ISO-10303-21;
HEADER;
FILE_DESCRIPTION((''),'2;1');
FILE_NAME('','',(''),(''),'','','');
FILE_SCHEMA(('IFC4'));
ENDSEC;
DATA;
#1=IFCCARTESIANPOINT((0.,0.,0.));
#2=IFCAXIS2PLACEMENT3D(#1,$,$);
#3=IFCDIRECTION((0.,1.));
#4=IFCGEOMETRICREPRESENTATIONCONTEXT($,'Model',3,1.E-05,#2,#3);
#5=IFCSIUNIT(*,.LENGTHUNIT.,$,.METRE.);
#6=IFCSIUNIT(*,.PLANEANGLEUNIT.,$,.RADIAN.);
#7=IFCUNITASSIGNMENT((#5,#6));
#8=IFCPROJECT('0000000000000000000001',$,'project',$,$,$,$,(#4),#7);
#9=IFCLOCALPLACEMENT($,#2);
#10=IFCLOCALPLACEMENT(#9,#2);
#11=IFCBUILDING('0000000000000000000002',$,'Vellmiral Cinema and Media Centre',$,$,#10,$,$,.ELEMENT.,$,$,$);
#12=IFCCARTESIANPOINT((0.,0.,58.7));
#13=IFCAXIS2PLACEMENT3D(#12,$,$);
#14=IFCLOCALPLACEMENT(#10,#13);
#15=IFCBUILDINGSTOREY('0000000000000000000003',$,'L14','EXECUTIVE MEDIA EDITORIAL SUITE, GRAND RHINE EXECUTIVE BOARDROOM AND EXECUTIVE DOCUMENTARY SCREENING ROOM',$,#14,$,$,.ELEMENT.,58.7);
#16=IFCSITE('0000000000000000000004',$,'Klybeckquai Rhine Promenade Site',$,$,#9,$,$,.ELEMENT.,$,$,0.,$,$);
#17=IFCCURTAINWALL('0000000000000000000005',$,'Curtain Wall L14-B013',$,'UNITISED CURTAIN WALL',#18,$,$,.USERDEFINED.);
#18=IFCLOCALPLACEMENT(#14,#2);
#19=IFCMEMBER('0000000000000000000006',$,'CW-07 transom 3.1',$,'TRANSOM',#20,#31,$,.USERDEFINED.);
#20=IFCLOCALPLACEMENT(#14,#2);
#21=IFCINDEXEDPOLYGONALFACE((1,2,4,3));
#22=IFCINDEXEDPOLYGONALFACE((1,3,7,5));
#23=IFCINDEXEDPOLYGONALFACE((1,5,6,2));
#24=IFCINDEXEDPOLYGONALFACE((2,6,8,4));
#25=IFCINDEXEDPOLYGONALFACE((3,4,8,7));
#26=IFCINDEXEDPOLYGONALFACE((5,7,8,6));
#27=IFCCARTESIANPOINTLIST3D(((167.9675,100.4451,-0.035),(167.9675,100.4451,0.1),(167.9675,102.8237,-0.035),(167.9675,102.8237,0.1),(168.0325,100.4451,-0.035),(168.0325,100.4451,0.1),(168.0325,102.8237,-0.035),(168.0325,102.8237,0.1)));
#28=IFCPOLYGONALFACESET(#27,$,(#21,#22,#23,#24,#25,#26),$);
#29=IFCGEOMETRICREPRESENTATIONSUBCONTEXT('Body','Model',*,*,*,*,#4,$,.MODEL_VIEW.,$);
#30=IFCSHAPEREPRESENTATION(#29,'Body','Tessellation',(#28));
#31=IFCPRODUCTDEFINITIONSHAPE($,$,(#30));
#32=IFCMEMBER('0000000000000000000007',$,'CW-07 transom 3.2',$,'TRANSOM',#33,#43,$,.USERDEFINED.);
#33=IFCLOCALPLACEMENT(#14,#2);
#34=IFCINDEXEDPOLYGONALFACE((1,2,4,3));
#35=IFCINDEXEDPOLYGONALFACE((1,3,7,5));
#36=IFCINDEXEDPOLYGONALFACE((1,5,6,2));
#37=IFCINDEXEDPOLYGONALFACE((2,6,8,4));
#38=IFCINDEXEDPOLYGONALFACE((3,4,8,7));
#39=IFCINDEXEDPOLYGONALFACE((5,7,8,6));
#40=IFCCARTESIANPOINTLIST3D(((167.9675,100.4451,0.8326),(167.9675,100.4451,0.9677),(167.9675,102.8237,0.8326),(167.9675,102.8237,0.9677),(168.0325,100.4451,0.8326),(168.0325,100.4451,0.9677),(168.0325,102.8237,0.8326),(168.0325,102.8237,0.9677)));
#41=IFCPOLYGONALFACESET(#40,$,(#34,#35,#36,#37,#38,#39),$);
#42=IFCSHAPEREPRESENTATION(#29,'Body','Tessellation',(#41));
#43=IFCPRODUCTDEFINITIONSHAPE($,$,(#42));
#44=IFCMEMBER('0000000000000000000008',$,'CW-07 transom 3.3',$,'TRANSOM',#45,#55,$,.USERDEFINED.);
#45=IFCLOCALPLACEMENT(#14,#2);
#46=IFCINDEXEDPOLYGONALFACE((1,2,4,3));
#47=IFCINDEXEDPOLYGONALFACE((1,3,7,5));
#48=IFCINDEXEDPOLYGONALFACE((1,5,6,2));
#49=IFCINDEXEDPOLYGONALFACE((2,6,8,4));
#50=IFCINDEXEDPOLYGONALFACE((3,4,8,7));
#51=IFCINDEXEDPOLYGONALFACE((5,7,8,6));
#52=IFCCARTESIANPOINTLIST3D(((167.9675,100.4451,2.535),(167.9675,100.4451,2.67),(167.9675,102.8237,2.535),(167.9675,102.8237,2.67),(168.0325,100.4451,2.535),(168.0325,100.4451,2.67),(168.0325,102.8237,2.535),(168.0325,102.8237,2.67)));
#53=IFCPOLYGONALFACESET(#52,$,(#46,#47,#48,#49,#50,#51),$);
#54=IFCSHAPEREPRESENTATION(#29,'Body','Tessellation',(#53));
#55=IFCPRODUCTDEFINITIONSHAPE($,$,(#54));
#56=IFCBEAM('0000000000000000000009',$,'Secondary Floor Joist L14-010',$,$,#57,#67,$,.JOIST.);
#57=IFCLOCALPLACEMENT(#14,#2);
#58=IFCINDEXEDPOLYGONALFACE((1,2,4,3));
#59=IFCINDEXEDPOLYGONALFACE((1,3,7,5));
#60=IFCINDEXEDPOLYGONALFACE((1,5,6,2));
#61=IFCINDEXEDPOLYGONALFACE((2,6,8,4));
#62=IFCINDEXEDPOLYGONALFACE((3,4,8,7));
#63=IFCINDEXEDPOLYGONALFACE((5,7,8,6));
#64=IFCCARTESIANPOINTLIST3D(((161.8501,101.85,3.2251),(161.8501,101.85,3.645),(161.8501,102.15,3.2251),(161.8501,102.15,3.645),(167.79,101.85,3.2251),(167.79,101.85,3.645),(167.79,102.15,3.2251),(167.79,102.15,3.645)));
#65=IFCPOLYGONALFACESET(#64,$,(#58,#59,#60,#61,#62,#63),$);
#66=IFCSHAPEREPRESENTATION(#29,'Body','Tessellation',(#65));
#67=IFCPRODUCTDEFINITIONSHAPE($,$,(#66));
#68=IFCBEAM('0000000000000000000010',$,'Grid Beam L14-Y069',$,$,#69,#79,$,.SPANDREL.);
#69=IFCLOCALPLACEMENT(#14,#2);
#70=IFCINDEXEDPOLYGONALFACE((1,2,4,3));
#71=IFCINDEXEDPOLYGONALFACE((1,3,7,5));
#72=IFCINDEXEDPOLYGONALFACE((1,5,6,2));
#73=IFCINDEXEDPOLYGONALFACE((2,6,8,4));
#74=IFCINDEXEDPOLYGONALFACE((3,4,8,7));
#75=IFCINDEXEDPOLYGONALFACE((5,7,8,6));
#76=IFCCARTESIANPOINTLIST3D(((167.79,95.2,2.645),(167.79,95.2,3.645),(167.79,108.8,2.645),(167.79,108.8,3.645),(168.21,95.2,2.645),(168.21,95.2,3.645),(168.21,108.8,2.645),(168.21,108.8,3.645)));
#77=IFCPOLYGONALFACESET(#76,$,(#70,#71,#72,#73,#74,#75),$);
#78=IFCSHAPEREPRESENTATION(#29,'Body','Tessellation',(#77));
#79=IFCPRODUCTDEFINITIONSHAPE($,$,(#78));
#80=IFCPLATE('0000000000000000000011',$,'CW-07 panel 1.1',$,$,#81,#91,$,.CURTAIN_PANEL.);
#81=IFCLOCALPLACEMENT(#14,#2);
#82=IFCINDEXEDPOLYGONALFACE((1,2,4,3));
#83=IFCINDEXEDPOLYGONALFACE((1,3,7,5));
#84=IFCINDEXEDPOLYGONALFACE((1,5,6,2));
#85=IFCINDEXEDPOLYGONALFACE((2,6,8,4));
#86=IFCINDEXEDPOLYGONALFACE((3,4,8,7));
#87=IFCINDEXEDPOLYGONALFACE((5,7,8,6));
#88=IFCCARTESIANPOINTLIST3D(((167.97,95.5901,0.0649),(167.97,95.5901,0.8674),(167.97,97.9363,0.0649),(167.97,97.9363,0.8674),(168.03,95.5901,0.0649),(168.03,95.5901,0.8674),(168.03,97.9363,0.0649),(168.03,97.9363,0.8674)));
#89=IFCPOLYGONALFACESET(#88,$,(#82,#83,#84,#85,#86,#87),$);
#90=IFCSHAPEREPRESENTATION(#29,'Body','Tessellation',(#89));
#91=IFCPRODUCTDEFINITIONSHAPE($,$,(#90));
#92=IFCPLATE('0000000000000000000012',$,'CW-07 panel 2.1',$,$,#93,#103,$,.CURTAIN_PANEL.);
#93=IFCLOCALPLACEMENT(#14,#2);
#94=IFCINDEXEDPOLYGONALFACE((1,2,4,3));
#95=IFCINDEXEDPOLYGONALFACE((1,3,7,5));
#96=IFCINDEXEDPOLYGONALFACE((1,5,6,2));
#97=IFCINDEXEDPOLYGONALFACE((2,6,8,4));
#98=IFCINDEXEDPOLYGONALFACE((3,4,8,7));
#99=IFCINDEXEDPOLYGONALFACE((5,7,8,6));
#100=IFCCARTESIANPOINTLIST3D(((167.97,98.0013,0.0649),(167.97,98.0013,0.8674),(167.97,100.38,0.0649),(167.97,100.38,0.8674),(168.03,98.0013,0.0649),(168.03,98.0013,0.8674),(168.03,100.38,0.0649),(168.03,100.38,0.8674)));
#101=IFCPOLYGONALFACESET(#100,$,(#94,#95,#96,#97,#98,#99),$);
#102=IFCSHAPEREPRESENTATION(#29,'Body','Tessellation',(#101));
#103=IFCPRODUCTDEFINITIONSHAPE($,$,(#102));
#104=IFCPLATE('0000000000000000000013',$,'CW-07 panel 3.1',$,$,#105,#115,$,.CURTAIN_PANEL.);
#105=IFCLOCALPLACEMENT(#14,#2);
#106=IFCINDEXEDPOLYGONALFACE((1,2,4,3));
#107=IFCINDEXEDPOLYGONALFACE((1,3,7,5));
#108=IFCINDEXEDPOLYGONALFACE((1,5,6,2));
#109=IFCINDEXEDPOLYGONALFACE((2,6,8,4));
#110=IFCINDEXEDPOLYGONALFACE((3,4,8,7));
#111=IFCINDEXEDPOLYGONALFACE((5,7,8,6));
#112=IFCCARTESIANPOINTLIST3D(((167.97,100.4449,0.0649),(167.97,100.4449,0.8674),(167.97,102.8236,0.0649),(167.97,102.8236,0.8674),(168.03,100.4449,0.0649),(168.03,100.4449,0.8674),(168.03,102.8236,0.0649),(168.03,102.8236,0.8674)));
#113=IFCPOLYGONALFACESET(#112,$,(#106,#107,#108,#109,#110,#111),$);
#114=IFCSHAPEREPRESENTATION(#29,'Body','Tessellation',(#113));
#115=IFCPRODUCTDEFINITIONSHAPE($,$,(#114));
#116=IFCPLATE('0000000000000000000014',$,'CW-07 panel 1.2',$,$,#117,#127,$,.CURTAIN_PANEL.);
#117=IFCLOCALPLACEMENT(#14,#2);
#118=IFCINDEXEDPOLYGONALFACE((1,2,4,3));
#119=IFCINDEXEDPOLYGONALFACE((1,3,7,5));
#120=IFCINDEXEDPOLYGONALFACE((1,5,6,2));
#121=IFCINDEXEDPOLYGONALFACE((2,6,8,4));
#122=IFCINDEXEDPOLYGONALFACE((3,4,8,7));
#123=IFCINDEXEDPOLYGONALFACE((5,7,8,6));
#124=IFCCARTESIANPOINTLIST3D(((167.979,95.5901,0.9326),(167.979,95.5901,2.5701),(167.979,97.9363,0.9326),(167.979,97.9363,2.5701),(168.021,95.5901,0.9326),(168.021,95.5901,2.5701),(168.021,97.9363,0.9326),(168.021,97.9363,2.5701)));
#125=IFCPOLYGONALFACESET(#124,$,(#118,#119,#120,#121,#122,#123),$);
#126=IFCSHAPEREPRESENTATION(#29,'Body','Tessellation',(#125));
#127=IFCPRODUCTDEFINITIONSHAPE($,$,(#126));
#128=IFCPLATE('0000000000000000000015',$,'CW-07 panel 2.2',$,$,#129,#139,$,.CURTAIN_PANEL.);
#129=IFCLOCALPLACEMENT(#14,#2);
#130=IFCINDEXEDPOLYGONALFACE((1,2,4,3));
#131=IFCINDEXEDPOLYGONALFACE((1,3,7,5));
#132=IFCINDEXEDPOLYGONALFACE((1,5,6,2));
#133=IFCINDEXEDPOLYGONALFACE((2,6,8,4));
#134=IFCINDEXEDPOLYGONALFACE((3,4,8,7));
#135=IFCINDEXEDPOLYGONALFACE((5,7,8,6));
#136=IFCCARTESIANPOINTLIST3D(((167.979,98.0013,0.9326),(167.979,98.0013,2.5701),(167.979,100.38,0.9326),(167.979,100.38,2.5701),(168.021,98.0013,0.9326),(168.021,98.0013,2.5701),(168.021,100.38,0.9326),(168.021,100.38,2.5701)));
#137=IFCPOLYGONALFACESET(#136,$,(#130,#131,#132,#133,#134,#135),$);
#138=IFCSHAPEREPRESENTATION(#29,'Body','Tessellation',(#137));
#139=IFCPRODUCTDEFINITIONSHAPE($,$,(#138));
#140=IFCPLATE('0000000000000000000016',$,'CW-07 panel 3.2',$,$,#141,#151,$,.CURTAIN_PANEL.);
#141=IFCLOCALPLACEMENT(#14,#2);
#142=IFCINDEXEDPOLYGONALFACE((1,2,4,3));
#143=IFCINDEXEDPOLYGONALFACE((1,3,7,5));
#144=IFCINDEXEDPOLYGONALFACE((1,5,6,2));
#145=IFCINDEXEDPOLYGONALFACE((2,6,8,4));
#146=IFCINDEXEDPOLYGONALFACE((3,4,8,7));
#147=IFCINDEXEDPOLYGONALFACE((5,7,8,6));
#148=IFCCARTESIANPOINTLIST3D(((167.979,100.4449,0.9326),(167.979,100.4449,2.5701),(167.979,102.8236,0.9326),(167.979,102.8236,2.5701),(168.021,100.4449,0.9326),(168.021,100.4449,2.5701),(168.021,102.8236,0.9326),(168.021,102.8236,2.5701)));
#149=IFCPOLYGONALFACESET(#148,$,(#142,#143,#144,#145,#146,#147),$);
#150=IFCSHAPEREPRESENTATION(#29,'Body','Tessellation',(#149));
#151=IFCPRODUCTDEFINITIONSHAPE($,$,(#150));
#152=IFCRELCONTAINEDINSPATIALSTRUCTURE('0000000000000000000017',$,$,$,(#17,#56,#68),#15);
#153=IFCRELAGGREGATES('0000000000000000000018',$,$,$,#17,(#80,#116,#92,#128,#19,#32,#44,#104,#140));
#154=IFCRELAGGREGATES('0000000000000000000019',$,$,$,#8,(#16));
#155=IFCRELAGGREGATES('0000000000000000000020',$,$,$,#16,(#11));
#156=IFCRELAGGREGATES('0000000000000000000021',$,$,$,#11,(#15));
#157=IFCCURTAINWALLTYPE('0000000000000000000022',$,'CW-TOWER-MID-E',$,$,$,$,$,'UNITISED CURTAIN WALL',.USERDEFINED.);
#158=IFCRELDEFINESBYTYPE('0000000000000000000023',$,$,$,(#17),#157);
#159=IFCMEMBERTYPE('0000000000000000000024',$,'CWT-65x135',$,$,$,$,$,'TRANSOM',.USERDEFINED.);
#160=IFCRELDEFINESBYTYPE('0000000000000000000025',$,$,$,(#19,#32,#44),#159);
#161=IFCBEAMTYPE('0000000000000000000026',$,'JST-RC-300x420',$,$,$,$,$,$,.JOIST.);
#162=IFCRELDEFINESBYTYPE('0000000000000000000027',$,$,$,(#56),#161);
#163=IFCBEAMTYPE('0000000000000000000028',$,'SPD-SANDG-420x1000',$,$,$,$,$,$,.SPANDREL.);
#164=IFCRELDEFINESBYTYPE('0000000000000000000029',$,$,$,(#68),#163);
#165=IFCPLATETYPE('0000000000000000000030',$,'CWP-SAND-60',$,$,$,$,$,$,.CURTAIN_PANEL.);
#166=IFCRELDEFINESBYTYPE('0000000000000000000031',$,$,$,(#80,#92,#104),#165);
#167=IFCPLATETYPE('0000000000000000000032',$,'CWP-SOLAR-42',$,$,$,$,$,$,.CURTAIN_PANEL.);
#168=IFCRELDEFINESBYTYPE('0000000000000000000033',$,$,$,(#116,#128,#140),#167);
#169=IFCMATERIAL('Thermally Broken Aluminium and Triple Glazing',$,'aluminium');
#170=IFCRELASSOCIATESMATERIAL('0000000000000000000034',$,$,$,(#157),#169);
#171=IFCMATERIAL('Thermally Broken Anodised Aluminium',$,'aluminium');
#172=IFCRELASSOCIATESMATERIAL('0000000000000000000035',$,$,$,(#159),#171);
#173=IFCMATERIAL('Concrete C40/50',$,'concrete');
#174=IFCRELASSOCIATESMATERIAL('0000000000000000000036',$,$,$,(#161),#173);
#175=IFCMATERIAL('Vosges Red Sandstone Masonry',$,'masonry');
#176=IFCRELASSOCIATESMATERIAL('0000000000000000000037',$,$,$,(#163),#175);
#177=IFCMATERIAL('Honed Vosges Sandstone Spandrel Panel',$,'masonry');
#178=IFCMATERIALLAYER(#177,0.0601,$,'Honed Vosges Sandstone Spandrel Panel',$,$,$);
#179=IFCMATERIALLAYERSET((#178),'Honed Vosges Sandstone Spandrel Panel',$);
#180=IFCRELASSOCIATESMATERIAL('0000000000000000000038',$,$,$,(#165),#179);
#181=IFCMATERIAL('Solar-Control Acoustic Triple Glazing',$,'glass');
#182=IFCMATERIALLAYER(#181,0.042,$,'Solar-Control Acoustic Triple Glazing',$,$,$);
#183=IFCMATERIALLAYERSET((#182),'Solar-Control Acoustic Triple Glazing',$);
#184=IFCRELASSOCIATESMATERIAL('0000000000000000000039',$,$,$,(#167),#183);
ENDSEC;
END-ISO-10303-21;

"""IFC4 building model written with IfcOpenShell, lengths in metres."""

from ifc_helpers import new_model, si_unit, direction, frame, origin, origin_2d, place, context, subcontext, project, spatial, rectangle, extrude, material, layer, layer_set, material_profile, profile_set, type_object, element, aggregate, save


model = new_model("IFC4")

# Units and contexts
model_context = context("Model", 3, precision=1e-05, world=origin(), true_north=direction((0.0, 1.0)))
body_context = subcontext(model_context, "Body", "Model", "MODEL_VIEW")
ifc_project = project(units=[si_unit("LENGTHUNIT", "METRE"), si_unit("PLANEANGLEUNIT", "RADIAN")], contexts=[model_context])

# Site, building, storey
site_placement = place(None, origin())
site = spatial("IfcSite", under=ifc_project, at=site_placement, Name="Klybeckquai Rhine Promenade Site", CompositionType="ELEMENT", RefElevation=0.0)
building_placement = place(site_placement, origin())
building = spatial("IfcBuilding", under=site, at=building_placement, Name="Vellmiral Cinema and Media Centre", CompositionType="ELEMENT")
storey_placement = place(building_placement, frame((0.0, 0.0, 58.7)))
storey = spatial("IfcBuildingStorey", under=building, at=storey_placement, Name="L14", Description="EXECUTIVE MEDIA EDITORIAL SUITE, GRAND RHINE EXECUTIVE BOARDROOM AND EXECUTIVE DOCUMENTARY SCREENING ROOM", CompositionType="ELEMENT", Elevation=58.7)

# Curtain wall, members
ifc_material_1 = material(Name="Thermally Broken Aluminium and Triple Glazing", Category="aluminium")
curtain_wall_type = type_object("IfcCurtainWallType", Name="CW-TOWER-MID-E", ElementType="UNITISED CURTAIN WALL", PredefinedType="USERDEFINED", material=ifc_material_1)
curtain_wall_placement = place(storey_placement, origin())
curtain_wall = element("IfcCurtainWall", 1, at=curtain_wall_placement, inside=storey, type_object=curtain_wall_type, Name="Curtain Wall L14-B013", ObjectType="UNITISED CURTAIN WALL", PredefinedType="USERDEFINED")
ifc_material_2 = material(Name="Thermally Broken Anodised Aluminium", Category="aluminium")
ifc_material_profile_1 = material_profile(ifc_material_2, rectangle(XDim=0.0649, YDim=0.135, at=origin_2d()), Name="MULL 65x135")
ifc_profile_set_1 = profile_set([ifc_material_profile_1], Name="Thermally Broken Anodised Aluminium")
member_type_1 = type_object("IfcMemberType", Name="CWT-65x135", ElementType="TRANSOM", PredefinedType="USERDEFINED", material=ifc_profile_set_1)
member_1_placement = place(storey_placement, frame((168.0, 100.4451, 0.0325), z_axis=(0.0, 1.0, 0.0), x_axis=(-1.0, 0.0, 0.0)))
member_1 = element("IfcMember", 2, at=member_1_placement, type_object=member_type_1, Name="CW-07 transom 3.1", ObjectType="TRANSOM", PredefinedType="USERDEFINED", context=body_context, shape_type="SweptSolid", body=[
    extrude(rectangle(XDim=0.0649, YDim=0.135, at=origin_2d()), origin(), (0.0, 0.0, 1.0), 2.3787),
])
member_2_placement = place(storey_placement, frame((168.0, 100.4451, 0.9001), z_axis=(0.0, 1.0, 0.0), x_axis=(-1.0, 0.0, 0.0)))
member_2 = element("IfcMember", 3, at=member_2_placement, type_object=member_type_1, Name="CW-07 transom 3.2", ObjectType="TRANSOM", PredefinedType="USERDEFINED", context=body_context, shape_type="SweptSolid", body=[
    extrude(rectangle(XDim=0.0649, YDim=0.135, at=origin_2d()), origin(), (0.0, 0.0, 1.0), 2.3787),
])
member_3_placement = place(storey_placement, frame((168.0, 100.4451, 2.6025), z_axis=(0.0, 1.0, 0.0), x_axis=(-1.0, 0.0, 0.0)))
member_3 = element("IfcMember", 4, at=member_3_placement, type_object=member_type_1, Name="CW-07 transom 3.3", ObjectType="TRANSOM", PredefinedType="USERDEFINED", context=body_context, shape_type="SweptSolid", body=[
    extrude(rectangle(XDim=0.0649, YDim=0.135, at=origin_2d()), origin(), (0.0, 0.0, 1.0), 2.3787),
])

# Beams
ifc_material_3 = material(Name="Concrete C40/50", Category="concrete")
ifc_material_profile_2 = material_profile(ifc_material_3, rectangle(XDim=0.3, YDim=0.4199, at=origin_2d()), Name="RC 300x420")
ifc_profile_set_2 = profile_set([ifc_material_profile_2], Name="Concrete C40/50")
beam_type_1 = type_object("IfcBeamType", Name="JST-RC-300x420", PredefinedType="JOIST", material=ifc_profile_set_2)
beam_1_placement = place(storey_placement, frame((161.8501, 102.0, 3.4351), z_axis=(1.0, 0.0, 0.0), x_axis=(0.0, 1.0, 0.0)))
element("IfcBeam", 5, at=beam_1_placement, inside=storey, type_object=beam_type_1, Name="Secondary Floor Joist L14-010", PredefinedType="JOIST", context=body_context, shape_type="SweptSolid", body=[
    extrude(rectangle(XDim=0.3, YDim=0.4199, at=origin_2d()), origin(), (0.0, 0.0, 1.0), 5.9399),
])
ifc_material_4 = material(Name="Vosges Red Sandstone Masonry", Category="masonry")
ifc_material_profile_3 = material_profile(ifc_material_4, rectangle(XDim=0.4199, YDim=1.0, at=origin_2d()), Name="SAND 420x1000")
ifc_profile_set_3 = profile_set([ifc_material_profile_3], Name="Vosges Red Sandstone Masonry")
beam_type_2 = type_object("IfcBeamType", Name="SPD-SANDG-420x1000", PredefinedType="SPANDREL", material=ifc_profile_set_3)
beam_2_placement = place(storey_placement, frame((168.0, 95.2, 3.145), z_axis=(0.0, 1.0, 0.0), x_axis=(-1.0, 0.0, 0.0)))
element("IfcBeam", 6, at=beam_2_placement, inside=storey, type_object=beam_type_2, Name="Grid Beam L14-Y069", PredefinedType="SPANDREL", context=body_context, shape_type="SweptSolid", body=[
    extrude(rectangle(XDim=0.4199, YDim=1.0, at=origin_2d()), origin(), (0.0, 0.0, 1.0), 13.6001),
])

# Plates
ifc_material_5 = material(Name="Honed Vosges Sandstone Spandrel Panel", Category="masonry")
ifc_layer_1 = layer(ifc_material_5, 0.0601, Name="Honed Vosges Sandstone Spandrel Panel")
ifc_layer_set_1 = layer_set([ifc_layer_1], Name="Honed Vosges Sandstone Spandrel Panel")
plate_type_1 = type_object("IfcPlateType", Name="CWP-SAND-60", PredefinedType="CURTAIN_PANEL", material=ifc_layer_set_1)
plate_1_placement = place(storey_placement, frame((168.0, 96.7632, 0.0649), z_axis=(0.0, 0.0, 1.0), x_axis=(0.0, 1.0, 0.0)))
plate_1 = element("IfcPlate", 7, at=plate_1_placement, type_object=plate_type_1, Name="CW-07 panel 1.1", PredefinedType="CURTAIN_PANEL", context=body_context, shape_type="SweptSolid", body=[
    extrude(rectangle(XDim=2.3462, YDim=0.0601, at=origin_2d()), origin(), (0.0, 0.0, 1.0), 0.8025),
])
plate_2_placement = place(storey_placement, frame((168.0, 99.1907, 0.0649), z_axis=(0.0, 0.0, 1.0), x_axis=(0.0, 1.0, 0.0)))
plate_2 = element("IfcPlate", 8, at=plate_2_placement, type_object=plate_type_1, Name="CW-07 panel 2.1", PredefinedType="CURTAIN_PANEL", context=body_context, shape_type="SweptSolid", body=[
    extrude(rectangle(XDim=2.3787, YDim=0.0601, at=origin_2d()), origin(), (0.0, 0.0, 1.0), 0.8025),
])
plate_3_placement = place(storey_placement, frame((168.0, 101.6343, 0.0649), z_axis=(0.0, 0.0, 1.0), x_axis=(0.0, 1.0, 0.0)))
plate_3 = element("IfcPlate", 9, at=plate_3_placement, type_object=plate_type_1, Name="CW-07 panel 3.1", PredefinedType="CURTAIN_PANEL", context=body_context, shape_type="SweptSolid", body=[
    extrude(rectangle(XDim=2.3787, YDim=0.0601, at=origin_2d()), origin(), (0.0, 0.0, 1.0), 0.8025),
])
ifc_material_6 = material(Name="Solar-Control Acoustic Triple Glazing", Category="glass")
ifc_layer_2 = layer(ifc_material_6, 0.042, Name="Solar-Control Acoustic Triple Glazing")
ifc_layer_set_2 = layer_set([ifc_layer_2], Name="Solar-Control Acoustic Triple Glazing")
plate_type_2 = type_object("IfcPlateType", Name="CWP-SOLAR-42", PredefinedType="CURTAIN_PANEL", material=ifc_layer_set_2)
plate_4_placement = place(storey_placement, frame((168.0, 96.7632, 0.9326), z_axis=(0.0, 0.0, 1.0), x_axis=(0.0, 1.0, 0.0)))
plate_4 = element("IfcPlate", 10, at=plate_4_placement, type_object=plate_type_2, Name="CW-07 panel 1.2", PredefinedType="CURTAIN_PANEL", context=body_context, shape_type="SweptSolid", body=[
    extrude(rectangle(XDim=2.3462, YDim=0.042, at=origin_2d()), origin(), (0.0, 0.0, 1.0), 1.6375),
])
plate_5_placement = place(storey_placement, frame((168.0, 99.1907, 0.9326), z_axis=(0.0, 0.0, 1.0), x_axis=(0.0, 1.0, 0.0)))
plate_5 = element("IfcPlate", 11, at=plate_5_placement, type_object=plate_type_2, Name="CW-07 panel 2.2", PredefinedType="CURTAIN_PANEL", context=body_context, shape_type="SweptSolid", body=[
    extrude(rectangle(XDim=2.3787, YDim=0.042, at=origin_2d()), origin(), (0.0, 0.0, 1.0), 1.6375),
])
plate_6_placement = place(storey_placement, frame((168.0, 101.6343, 0.9326), z_axis=(0.0, 0.0, 1.0), x_axis=(0.0, 1.0, 0.0)))
plate_6 = element("IfcPlate", 12, at=plate_6_placement, type_object=plate_type_2, Name="CW-07 panel 3.2", PredefinedType="CURTAIN_PANEL", context=body_context, shape_type="SweptSolid", body=[
    extrude(rectangle(XDim=2.3787, YDim=0.042, at=origin_2d()), origin(), (0.0, 0.0, 1.0), 1.6375),
])
aggregate(curtain_wall, [plate_1, plate_4, plate_2, plate_5, member_1, member_2, member_3, plate_3, plate_6])

save(model, "model.ifc")
